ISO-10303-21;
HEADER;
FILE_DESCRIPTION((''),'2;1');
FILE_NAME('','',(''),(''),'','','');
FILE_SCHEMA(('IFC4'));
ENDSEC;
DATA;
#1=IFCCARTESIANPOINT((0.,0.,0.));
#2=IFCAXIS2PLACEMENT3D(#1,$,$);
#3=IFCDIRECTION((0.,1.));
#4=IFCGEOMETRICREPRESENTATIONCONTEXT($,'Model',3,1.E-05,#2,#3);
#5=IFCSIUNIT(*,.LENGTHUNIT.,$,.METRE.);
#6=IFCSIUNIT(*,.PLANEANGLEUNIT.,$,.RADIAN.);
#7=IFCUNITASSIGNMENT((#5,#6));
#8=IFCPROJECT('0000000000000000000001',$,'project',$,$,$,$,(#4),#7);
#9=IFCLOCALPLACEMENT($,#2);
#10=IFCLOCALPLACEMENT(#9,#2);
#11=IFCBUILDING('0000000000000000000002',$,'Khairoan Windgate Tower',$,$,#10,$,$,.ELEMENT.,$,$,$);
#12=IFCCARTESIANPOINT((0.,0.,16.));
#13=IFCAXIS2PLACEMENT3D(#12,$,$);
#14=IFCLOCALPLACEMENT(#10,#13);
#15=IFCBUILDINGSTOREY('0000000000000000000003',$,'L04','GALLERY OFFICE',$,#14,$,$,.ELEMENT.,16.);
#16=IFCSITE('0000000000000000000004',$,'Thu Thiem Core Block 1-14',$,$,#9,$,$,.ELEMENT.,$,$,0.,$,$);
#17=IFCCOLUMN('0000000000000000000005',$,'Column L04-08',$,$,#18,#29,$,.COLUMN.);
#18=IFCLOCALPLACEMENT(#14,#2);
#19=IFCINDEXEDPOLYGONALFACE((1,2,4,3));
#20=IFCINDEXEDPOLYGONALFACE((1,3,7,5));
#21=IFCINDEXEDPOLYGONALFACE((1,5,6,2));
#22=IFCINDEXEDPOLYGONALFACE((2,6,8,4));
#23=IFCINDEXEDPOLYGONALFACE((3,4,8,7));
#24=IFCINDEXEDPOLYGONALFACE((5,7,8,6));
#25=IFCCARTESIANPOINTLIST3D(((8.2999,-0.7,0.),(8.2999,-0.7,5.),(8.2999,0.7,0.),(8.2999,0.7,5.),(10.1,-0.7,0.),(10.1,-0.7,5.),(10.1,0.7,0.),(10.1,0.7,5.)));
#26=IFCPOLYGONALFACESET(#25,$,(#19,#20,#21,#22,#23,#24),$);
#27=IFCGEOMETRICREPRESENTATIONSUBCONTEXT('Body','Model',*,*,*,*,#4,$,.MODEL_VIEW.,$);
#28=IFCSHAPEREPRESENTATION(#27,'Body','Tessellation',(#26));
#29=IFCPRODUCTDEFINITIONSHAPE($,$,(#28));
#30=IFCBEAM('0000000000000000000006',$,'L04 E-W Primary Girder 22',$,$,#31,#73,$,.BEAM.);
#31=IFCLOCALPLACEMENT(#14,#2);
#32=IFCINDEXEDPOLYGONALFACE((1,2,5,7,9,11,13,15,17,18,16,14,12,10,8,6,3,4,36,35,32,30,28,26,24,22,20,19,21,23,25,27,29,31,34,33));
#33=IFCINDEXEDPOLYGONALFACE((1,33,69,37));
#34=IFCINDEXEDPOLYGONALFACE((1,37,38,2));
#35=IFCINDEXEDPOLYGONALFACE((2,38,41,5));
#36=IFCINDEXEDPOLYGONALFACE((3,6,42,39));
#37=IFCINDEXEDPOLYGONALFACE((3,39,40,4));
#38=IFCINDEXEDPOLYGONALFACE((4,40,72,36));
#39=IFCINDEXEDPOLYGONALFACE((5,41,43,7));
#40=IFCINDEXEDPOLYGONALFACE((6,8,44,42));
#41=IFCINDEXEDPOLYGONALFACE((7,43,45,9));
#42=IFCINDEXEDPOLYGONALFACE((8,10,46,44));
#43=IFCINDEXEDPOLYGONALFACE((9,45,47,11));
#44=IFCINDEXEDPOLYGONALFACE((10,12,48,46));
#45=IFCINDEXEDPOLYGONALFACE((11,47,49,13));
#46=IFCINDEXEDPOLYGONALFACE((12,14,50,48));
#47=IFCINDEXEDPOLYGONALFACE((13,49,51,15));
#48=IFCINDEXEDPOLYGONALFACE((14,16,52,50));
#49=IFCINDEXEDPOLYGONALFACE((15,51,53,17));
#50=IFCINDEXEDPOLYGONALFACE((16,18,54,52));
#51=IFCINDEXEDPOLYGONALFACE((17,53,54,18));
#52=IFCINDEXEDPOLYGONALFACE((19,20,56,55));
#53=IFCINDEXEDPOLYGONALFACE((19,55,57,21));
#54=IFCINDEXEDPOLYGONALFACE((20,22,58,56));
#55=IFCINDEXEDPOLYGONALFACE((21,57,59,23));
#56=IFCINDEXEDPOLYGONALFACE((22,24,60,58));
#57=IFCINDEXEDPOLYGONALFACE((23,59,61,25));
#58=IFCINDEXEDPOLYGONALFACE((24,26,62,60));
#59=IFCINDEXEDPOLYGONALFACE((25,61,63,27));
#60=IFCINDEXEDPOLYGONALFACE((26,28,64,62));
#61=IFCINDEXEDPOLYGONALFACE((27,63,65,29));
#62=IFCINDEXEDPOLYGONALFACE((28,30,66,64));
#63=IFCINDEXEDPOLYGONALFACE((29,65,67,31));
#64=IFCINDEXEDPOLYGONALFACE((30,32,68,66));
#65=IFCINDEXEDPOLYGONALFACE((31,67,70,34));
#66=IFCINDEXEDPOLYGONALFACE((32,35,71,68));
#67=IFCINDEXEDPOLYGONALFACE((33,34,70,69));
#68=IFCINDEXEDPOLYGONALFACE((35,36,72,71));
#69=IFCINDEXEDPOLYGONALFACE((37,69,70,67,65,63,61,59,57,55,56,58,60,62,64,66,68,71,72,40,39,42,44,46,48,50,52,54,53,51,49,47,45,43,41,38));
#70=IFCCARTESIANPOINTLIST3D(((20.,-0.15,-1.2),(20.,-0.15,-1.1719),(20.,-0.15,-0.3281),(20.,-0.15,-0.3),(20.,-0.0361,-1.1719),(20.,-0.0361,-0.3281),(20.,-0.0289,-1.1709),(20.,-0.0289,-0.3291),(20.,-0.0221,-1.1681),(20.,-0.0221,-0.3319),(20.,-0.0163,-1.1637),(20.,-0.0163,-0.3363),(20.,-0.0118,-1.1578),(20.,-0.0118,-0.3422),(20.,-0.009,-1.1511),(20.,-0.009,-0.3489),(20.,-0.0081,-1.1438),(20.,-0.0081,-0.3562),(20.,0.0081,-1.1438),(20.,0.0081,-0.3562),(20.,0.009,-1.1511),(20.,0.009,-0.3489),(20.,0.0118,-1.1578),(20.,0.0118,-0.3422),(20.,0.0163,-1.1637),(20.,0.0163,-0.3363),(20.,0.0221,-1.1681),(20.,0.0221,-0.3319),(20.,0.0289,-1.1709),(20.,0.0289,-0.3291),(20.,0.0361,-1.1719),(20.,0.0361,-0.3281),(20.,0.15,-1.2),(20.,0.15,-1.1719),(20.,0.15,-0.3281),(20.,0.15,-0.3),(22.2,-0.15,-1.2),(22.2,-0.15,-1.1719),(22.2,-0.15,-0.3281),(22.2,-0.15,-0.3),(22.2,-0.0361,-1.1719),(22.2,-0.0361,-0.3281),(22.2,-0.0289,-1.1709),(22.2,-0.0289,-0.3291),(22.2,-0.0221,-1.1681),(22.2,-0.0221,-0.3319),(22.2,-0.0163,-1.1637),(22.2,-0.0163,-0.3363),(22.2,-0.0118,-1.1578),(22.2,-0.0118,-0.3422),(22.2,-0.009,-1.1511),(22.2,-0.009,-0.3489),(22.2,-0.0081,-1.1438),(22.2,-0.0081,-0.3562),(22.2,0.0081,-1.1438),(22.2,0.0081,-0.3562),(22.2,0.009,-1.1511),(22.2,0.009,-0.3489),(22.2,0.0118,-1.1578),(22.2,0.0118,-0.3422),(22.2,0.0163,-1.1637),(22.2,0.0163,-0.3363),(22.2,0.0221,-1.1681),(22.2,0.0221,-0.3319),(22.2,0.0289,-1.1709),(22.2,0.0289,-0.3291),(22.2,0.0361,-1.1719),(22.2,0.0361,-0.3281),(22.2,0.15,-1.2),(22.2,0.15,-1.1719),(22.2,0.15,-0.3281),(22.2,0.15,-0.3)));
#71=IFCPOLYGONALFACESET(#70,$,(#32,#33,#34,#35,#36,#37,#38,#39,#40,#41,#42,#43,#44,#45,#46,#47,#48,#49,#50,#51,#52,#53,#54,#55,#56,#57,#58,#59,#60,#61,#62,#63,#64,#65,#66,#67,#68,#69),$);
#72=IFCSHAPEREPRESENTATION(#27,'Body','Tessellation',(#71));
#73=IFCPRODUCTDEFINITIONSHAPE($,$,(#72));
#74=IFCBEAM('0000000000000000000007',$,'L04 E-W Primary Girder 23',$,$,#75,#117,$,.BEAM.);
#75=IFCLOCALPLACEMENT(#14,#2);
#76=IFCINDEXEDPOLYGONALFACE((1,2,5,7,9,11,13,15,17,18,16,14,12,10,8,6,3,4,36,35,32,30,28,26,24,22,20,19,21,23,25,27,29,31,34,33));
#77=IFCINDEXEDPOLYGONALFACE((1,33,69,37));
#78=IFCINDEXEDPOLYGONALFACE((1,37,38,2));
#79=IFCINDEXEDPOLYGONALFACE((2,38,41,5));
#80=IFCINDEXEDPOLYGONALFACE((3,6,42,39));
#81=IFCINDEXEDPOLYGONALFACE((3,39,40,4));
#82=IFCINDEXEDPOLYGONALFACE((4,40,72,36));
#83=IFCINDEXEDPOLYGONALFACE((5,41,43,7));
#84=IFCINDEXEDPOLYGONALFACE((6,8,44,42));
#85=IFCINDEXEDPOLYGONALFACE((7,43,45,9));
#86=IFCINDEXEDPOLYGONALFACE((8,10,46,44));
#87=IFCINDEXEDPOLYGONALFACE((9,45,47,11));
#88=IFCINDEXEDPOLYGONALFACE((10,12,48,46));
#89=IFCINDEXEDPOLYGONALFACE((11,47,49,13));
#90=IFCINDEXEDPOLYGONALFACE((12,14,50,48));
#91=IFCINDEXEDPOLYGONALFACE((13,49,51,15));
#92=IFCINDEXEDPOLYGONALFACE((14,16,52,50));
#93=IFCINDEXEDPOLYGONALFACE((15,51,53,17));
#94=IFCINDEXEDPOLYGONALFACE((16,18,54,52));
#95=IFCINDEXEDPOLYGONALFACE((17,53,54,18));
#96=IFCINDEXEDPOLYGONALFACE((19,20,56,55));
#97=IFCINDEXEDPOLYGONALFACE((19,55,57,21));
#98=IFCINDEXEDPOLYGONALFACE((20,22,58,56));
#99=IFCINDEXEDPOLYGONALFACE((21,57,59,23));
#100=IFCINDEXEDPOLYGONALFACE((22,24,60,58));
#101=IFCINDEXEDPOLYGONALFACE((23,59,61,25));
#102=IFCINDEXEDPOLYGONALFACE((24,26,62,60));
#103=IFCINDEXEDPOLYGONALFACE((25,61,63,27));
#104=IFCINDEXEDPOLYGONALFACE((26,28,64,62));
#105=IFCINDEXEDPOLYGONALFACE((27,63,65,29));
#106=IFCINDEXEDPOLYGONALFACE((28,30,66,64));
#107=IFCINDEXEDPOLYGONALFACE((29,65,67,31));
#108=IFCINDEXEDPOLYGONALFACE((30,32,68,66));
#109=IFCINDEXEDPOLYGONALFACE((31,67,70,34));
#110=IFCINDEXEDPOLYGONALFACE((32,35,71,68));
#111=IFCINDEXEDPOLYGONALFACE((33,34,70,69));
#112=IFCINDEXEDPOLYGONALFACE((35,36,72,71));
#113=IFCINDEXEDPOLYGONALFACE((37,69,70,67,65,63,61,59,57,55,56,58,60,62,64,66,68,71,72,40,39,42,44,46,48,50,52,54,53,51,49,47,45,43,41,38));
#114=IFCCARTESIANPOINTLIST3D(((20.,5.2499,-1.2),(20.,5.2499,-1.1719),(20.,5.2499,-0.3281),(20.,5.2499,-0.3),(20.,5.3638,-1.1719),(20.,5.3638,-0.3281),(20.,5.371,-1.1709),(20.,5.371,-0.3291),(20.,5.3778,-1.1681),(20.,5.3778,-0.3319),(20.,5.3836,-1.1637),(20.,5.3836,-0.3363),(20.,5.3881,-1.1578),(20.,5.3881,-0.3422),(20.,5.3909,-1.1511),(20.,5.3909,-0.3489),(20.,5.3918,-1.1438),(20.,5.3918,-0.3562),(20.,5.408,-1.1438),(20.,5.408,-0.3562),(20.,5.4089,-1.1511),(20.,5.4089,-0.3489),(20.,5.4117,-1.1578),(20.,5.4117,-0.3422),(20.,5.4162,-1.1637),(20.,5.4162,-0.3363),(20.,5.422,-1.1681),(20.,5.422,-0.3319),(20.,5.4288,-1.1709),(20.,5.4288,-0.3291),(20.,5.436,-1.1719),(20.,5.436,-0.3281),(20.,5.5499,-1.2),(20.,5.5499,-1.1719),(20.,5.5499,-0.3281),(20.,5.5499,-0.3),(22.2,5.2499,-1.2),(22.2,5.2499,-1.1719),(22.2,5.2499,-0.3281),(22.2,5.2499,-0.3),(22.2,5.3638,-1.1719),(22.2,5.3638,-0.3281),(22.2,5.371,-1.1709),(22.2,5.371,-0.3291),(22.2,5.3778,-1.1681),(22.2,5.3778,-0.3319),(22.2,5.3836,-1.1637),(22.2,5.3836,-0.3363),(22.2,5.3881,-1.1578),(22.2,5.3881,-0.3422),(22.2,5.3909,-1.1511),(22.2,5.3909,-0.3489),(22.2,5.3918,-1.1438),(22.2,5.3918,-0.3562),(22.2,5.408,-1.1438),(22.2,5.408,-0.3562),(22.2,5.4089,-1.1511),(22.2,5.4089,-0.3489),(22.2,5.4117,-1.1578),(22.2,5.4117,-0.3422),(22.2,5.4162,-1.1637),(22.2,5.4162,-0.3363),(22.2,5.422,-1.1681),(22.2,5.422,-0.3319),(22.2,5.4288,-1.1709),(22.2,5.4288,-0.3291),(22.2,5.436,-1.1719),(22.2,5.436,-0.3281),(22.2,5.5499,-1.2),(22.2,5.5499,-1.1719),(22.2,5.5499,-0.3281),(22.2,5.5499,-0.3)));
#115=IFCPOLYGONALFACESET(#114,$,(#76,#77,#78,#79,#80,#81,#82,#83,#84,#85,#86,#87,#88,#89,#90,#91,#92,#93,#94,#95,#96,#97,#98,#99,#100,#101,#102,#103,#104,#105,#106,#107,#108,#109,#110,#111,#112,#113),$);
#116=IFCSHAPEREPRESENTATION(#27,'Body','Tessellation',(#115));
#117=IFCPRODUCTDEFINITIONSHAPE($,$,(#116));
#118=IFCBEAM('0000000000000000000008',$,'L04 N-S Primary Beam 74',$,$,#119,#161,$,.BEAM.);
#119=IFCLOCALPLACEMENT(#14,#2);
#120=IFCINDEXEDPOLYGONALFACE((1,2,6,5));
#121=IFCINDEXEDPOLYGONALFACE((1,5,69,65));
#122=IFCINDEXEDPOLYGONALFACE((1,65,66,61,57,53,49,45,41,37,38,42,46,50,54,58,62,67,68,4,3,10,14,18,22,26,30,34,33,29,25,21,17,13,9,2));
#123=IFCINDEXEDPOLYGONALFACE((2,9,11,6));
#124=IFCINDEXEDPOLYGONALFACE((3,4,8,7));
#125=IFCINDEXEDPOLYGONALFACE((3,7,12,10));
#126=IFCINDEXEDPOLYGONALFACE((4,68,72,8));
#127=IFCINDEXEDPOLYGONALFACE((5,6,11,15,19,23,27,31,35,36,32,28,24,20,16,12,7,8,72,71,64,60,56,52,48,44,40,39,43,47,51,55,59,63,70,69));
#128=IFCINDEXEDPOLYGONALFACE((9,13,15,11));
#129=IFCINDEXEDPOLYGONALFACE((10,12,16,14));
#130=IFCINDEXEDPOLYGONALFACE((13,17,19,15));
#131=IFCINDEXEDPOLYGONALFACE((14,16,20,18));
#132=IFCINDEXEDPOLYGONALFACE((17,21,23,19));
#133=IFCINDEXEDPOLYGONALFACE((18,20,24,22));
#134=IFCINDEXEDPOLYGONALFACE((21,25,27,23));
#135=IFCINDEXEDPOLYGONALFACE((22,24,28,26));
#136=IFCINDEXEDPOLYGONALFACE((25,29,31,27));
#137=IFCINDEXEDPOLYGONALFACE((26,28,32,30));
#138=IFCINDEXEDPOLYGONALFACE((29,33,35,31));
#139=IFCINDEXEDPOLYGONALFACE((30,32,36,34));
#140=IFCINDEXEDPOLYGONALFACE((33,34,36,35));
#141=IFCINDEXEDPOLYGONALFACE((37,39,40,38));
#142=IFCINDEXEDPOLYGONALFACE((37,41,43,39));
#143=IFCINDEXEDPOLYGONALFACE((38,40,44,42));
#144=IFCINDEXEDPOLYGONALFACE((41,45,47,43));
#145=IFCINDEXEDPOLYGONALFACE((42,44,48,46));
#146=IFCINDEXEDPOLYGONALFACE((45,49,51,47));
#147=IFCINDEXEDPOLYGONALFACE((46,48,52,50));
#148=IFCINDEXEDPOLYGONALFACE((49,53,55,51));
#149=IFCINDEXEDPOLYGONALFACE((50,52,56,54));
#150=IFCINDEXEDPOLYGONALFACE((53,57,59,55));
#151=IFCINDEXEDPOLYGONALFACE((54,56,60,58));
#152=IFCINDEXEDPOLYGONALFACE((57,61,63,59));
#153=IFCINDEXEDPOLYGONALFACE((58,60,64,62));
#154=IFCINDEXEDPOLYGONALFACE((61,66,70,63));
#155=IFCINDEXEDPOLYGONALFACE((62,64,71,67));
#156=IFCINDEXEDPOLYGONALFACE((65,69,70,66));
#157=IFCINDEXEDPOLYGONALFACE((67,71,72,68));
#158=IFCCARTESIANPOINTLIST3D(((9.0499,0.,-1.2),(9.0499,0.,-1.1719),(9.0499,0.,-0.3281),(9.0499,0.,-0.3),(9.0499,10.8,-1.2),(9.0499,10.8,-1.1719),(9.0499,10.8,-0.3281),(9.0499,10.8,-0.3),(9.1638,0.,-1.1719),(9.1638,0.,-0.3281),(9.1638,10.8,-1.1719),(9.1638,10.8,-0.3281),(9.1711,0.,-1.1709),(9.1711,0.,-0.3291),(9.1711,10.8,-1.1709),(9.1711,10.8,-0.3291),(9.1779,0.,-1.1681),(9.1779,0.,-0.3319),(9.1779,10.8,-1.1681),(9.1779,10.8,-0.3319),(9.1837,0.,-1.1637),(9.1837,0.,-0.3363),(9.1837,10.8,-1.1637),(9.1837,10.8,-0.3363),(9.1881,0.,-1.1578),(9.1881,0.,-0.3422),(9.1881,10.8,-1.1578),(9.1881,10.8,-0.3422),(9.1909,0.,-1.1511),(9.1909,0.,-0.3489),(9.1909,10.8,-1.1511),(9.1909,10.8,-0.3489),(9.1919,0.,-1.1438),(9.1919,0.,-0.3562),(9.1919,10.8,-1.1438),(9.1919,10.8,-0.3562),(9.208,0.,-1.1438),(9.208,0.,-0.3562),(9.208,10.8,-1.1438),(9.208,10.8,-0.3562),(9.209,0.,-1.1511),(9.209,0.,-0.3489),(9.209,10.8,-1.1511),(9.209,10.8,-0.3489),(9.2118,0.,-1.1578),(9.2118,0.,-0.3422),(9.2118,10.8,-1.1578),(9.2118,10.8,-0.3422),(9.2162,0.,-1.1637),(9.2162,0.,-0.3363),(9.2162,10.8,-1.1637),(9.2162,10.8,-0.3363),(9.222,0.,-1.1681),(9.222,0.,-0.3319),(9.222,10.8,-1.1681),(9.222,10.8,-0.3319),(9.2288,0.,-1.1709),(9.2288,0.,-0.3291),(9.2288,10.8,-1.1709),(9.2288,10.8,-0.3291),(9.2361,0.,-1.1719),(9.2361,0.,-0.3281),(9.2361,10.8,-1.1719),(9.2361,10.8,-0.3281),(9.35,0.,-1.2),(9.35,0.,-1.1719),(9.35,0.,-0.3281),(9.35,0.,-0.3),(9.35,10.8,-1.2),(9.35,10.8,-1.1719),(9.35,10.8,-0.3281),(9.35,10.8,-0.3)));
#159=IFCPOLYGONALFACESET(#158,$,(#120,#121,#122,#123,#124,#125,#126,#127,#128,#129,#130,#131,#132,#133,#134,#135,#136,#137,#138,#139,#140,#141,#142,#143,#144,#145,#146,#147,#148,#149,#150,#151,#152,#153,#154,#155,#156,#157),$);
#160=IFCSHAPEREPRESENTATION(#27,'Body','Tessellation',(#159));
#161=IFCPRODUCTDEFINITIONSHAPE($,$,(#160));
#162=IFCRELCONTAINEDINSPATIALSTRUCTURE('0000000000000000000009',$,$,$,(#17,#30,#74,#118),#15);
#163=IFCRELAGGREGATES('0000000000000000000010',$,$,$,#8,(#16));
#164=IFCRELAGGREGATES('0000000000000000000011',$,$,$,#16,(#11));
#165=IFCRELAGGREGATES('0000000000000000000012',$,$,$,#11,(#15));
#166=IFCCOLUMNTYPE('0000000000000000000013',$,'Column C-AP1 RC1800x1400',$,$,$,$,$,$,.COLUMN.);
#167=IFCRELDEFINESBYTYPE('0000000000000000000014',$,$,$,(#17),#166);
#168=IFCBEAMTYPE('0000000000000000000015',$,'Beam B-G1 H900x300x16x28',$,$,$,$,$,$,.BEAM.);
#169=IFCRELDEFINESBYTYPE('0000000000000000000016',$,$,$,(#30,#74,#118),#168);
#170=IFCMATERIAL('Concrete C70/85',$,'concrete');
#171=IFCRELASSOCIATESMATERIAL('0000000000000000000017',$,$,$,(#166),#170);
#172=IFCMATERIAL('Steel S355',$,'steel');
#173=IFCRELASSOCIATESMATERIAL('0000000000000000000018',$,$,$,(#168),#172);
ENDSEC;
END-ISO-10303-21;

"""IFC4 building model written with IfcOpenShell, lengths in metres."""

from ifc_helpers import new_model, si_unit, direction, frame, origin, origin_2d, place, context, subcontext, project, spatial, rectangle, i_section, extrude, material, material_profile, profile_set, type_object, element, save


model = new_model("IFC4")

# Units and contexts
model_context = context("Model", 3, precision=1e-05, world=origin(), true_north=direction((0.0, 1.0)))
body_context = subcontext(model_context, "Body", "Model", "MODEL_VIEW")
ifc_project = project(units=[si_unit("LENGTHUNIT", "METRE"), si_unit("PLANEANGLEUNIT", "RADIAN")], contexts=[model_context])

# Site, building, storey
site_placement = place(None, origin())
site = spatial("IfcSite", under=ifc_project, at=site_placement, Name="Thu Thiem Core Block 1-14", CompositionType="ELEMENT", RefElevation=0.0)
building_placement = place(site_placement, origin())
building = spatial("IfcBuilding", under=site, at=building_placement, Name="Khairoan Windgate Tower", CompositionType="ELEMENT")
storey_placement = place(building_placement, frame((0.0, 0.0, 16.0)))
storey = spatial("IfcBuildingStorey", under=building, at=storey_placement, Name="L04", Description="GALLERY OFFICE", CompositionType="ELEMENT", Elevation=16.0)

# Column
ifc_material_1 = material(Name="Concrete C70/85", Category="concrete")
ifc_material_profile_1 = material_profile(ifc_material_1, rectangle(XDim=1.8, YDim=1.3999, at=origin_2d()))
ifc_profile_set_1 = profile_set([ifc_material_profile_1], Name="Concrete C70/85")
column_type = type_object("IfcColumnType", Name="Column C-AP1 RC1800x1400", PredefinedType="COLUMN", material=ifc_profile_set_1)
column_placement = place(storey_placement, frame((9.2, 0.0, 0.0), z_axis=(0.0, 0.0, 1.0), x_axis=(1.0, 0.0, 0.0)))
element("IfcColumn", 1, at=column_placement, inside=storey, type_object=column_type, Name="Column L04-08", PredefinedType="COLUMN", context=body_context, shape_type="SweptSolid", body=[
    extrude(rectangle(XDim=1.8, YDim=1.3999, at=origin_2d()), origin(), (0.0, 0.0, 1.0), 5.0),
])

# Beams
ifc_material_2 = material(Name="Steel S355", Category="steel")
ifc_material_profile_2 = material_profile(ifc_material_2, i_section(OverallWidth=0.3, OverallDepth=0.8999, WebThickness=0.0161, FlangeThickness=0.0281, FilletRadius=0.0281, at=origin_2d()))
ifc_profile_set_2 = profile_set([ifc_material_profile_2], Name="Steel S355")
beam_type = type_object("IfcBeamType", Name="Beam B-G1 H900x300x16x28", PredefinedType="BEAM", material=ifc_profile_set_2)
for number, where, z_axis, x_axis, name in (
    (2, (20.0, 0.0, -0.75), (1.0, 0.0, 0.0), (0.0, 1.0, 0.0), "L04 E-W Primary Girder 22"),
    (3, (20.0, 5.3999, -0.75), (1.0, 0.0, 0.0), (0.0, 1.0, 0.0), "L04 E-W Primary Girder 23"),
):
    element("IfcBeam", number, at=place(storey_placement, frame(where, z_axis=z_axis, x_axis=x_axis)), inside=storey, type_object=beam_type, Name=name, PredefinedType="BEAM", context=body_context, shape_type="SweptSolid", body=[
        extrude(i_section(OverallWidth=0.3, OverallDepth=0.8999, WebThickness=0.0161, FlangeThickness=0.0281, FilletRadius=0.0281, at=origin_2d()), origin(), (0.0, 0.0, 1.0), 2.2),
    ])
beam_1_placement = place(storey_placement, frame((9.2, 0.0, -0.75), z_axis=(0.0, 1.0, 0.0), x_axis=(-1.0, 0.0, 0.0)))
element("IfcBeam", 4, at=beam_1_placement, inside=storey, type_object=beam_type, Name="L04 N-S Primary Beam 74", PredefinedType="BEAM", context=body_context, shape_type="SweptSolid", body=[
    extrude(i_section(OverallWidth=0.3, OverallDepth=0.8999, WebThickness=0.0161, FlangeThickness=0.0281, FilletRadius=0.0281, at=origin_2d()), origin(), (0.0, 0.0, 1.0), 10.8),
])

save(model, "model.ifc")
